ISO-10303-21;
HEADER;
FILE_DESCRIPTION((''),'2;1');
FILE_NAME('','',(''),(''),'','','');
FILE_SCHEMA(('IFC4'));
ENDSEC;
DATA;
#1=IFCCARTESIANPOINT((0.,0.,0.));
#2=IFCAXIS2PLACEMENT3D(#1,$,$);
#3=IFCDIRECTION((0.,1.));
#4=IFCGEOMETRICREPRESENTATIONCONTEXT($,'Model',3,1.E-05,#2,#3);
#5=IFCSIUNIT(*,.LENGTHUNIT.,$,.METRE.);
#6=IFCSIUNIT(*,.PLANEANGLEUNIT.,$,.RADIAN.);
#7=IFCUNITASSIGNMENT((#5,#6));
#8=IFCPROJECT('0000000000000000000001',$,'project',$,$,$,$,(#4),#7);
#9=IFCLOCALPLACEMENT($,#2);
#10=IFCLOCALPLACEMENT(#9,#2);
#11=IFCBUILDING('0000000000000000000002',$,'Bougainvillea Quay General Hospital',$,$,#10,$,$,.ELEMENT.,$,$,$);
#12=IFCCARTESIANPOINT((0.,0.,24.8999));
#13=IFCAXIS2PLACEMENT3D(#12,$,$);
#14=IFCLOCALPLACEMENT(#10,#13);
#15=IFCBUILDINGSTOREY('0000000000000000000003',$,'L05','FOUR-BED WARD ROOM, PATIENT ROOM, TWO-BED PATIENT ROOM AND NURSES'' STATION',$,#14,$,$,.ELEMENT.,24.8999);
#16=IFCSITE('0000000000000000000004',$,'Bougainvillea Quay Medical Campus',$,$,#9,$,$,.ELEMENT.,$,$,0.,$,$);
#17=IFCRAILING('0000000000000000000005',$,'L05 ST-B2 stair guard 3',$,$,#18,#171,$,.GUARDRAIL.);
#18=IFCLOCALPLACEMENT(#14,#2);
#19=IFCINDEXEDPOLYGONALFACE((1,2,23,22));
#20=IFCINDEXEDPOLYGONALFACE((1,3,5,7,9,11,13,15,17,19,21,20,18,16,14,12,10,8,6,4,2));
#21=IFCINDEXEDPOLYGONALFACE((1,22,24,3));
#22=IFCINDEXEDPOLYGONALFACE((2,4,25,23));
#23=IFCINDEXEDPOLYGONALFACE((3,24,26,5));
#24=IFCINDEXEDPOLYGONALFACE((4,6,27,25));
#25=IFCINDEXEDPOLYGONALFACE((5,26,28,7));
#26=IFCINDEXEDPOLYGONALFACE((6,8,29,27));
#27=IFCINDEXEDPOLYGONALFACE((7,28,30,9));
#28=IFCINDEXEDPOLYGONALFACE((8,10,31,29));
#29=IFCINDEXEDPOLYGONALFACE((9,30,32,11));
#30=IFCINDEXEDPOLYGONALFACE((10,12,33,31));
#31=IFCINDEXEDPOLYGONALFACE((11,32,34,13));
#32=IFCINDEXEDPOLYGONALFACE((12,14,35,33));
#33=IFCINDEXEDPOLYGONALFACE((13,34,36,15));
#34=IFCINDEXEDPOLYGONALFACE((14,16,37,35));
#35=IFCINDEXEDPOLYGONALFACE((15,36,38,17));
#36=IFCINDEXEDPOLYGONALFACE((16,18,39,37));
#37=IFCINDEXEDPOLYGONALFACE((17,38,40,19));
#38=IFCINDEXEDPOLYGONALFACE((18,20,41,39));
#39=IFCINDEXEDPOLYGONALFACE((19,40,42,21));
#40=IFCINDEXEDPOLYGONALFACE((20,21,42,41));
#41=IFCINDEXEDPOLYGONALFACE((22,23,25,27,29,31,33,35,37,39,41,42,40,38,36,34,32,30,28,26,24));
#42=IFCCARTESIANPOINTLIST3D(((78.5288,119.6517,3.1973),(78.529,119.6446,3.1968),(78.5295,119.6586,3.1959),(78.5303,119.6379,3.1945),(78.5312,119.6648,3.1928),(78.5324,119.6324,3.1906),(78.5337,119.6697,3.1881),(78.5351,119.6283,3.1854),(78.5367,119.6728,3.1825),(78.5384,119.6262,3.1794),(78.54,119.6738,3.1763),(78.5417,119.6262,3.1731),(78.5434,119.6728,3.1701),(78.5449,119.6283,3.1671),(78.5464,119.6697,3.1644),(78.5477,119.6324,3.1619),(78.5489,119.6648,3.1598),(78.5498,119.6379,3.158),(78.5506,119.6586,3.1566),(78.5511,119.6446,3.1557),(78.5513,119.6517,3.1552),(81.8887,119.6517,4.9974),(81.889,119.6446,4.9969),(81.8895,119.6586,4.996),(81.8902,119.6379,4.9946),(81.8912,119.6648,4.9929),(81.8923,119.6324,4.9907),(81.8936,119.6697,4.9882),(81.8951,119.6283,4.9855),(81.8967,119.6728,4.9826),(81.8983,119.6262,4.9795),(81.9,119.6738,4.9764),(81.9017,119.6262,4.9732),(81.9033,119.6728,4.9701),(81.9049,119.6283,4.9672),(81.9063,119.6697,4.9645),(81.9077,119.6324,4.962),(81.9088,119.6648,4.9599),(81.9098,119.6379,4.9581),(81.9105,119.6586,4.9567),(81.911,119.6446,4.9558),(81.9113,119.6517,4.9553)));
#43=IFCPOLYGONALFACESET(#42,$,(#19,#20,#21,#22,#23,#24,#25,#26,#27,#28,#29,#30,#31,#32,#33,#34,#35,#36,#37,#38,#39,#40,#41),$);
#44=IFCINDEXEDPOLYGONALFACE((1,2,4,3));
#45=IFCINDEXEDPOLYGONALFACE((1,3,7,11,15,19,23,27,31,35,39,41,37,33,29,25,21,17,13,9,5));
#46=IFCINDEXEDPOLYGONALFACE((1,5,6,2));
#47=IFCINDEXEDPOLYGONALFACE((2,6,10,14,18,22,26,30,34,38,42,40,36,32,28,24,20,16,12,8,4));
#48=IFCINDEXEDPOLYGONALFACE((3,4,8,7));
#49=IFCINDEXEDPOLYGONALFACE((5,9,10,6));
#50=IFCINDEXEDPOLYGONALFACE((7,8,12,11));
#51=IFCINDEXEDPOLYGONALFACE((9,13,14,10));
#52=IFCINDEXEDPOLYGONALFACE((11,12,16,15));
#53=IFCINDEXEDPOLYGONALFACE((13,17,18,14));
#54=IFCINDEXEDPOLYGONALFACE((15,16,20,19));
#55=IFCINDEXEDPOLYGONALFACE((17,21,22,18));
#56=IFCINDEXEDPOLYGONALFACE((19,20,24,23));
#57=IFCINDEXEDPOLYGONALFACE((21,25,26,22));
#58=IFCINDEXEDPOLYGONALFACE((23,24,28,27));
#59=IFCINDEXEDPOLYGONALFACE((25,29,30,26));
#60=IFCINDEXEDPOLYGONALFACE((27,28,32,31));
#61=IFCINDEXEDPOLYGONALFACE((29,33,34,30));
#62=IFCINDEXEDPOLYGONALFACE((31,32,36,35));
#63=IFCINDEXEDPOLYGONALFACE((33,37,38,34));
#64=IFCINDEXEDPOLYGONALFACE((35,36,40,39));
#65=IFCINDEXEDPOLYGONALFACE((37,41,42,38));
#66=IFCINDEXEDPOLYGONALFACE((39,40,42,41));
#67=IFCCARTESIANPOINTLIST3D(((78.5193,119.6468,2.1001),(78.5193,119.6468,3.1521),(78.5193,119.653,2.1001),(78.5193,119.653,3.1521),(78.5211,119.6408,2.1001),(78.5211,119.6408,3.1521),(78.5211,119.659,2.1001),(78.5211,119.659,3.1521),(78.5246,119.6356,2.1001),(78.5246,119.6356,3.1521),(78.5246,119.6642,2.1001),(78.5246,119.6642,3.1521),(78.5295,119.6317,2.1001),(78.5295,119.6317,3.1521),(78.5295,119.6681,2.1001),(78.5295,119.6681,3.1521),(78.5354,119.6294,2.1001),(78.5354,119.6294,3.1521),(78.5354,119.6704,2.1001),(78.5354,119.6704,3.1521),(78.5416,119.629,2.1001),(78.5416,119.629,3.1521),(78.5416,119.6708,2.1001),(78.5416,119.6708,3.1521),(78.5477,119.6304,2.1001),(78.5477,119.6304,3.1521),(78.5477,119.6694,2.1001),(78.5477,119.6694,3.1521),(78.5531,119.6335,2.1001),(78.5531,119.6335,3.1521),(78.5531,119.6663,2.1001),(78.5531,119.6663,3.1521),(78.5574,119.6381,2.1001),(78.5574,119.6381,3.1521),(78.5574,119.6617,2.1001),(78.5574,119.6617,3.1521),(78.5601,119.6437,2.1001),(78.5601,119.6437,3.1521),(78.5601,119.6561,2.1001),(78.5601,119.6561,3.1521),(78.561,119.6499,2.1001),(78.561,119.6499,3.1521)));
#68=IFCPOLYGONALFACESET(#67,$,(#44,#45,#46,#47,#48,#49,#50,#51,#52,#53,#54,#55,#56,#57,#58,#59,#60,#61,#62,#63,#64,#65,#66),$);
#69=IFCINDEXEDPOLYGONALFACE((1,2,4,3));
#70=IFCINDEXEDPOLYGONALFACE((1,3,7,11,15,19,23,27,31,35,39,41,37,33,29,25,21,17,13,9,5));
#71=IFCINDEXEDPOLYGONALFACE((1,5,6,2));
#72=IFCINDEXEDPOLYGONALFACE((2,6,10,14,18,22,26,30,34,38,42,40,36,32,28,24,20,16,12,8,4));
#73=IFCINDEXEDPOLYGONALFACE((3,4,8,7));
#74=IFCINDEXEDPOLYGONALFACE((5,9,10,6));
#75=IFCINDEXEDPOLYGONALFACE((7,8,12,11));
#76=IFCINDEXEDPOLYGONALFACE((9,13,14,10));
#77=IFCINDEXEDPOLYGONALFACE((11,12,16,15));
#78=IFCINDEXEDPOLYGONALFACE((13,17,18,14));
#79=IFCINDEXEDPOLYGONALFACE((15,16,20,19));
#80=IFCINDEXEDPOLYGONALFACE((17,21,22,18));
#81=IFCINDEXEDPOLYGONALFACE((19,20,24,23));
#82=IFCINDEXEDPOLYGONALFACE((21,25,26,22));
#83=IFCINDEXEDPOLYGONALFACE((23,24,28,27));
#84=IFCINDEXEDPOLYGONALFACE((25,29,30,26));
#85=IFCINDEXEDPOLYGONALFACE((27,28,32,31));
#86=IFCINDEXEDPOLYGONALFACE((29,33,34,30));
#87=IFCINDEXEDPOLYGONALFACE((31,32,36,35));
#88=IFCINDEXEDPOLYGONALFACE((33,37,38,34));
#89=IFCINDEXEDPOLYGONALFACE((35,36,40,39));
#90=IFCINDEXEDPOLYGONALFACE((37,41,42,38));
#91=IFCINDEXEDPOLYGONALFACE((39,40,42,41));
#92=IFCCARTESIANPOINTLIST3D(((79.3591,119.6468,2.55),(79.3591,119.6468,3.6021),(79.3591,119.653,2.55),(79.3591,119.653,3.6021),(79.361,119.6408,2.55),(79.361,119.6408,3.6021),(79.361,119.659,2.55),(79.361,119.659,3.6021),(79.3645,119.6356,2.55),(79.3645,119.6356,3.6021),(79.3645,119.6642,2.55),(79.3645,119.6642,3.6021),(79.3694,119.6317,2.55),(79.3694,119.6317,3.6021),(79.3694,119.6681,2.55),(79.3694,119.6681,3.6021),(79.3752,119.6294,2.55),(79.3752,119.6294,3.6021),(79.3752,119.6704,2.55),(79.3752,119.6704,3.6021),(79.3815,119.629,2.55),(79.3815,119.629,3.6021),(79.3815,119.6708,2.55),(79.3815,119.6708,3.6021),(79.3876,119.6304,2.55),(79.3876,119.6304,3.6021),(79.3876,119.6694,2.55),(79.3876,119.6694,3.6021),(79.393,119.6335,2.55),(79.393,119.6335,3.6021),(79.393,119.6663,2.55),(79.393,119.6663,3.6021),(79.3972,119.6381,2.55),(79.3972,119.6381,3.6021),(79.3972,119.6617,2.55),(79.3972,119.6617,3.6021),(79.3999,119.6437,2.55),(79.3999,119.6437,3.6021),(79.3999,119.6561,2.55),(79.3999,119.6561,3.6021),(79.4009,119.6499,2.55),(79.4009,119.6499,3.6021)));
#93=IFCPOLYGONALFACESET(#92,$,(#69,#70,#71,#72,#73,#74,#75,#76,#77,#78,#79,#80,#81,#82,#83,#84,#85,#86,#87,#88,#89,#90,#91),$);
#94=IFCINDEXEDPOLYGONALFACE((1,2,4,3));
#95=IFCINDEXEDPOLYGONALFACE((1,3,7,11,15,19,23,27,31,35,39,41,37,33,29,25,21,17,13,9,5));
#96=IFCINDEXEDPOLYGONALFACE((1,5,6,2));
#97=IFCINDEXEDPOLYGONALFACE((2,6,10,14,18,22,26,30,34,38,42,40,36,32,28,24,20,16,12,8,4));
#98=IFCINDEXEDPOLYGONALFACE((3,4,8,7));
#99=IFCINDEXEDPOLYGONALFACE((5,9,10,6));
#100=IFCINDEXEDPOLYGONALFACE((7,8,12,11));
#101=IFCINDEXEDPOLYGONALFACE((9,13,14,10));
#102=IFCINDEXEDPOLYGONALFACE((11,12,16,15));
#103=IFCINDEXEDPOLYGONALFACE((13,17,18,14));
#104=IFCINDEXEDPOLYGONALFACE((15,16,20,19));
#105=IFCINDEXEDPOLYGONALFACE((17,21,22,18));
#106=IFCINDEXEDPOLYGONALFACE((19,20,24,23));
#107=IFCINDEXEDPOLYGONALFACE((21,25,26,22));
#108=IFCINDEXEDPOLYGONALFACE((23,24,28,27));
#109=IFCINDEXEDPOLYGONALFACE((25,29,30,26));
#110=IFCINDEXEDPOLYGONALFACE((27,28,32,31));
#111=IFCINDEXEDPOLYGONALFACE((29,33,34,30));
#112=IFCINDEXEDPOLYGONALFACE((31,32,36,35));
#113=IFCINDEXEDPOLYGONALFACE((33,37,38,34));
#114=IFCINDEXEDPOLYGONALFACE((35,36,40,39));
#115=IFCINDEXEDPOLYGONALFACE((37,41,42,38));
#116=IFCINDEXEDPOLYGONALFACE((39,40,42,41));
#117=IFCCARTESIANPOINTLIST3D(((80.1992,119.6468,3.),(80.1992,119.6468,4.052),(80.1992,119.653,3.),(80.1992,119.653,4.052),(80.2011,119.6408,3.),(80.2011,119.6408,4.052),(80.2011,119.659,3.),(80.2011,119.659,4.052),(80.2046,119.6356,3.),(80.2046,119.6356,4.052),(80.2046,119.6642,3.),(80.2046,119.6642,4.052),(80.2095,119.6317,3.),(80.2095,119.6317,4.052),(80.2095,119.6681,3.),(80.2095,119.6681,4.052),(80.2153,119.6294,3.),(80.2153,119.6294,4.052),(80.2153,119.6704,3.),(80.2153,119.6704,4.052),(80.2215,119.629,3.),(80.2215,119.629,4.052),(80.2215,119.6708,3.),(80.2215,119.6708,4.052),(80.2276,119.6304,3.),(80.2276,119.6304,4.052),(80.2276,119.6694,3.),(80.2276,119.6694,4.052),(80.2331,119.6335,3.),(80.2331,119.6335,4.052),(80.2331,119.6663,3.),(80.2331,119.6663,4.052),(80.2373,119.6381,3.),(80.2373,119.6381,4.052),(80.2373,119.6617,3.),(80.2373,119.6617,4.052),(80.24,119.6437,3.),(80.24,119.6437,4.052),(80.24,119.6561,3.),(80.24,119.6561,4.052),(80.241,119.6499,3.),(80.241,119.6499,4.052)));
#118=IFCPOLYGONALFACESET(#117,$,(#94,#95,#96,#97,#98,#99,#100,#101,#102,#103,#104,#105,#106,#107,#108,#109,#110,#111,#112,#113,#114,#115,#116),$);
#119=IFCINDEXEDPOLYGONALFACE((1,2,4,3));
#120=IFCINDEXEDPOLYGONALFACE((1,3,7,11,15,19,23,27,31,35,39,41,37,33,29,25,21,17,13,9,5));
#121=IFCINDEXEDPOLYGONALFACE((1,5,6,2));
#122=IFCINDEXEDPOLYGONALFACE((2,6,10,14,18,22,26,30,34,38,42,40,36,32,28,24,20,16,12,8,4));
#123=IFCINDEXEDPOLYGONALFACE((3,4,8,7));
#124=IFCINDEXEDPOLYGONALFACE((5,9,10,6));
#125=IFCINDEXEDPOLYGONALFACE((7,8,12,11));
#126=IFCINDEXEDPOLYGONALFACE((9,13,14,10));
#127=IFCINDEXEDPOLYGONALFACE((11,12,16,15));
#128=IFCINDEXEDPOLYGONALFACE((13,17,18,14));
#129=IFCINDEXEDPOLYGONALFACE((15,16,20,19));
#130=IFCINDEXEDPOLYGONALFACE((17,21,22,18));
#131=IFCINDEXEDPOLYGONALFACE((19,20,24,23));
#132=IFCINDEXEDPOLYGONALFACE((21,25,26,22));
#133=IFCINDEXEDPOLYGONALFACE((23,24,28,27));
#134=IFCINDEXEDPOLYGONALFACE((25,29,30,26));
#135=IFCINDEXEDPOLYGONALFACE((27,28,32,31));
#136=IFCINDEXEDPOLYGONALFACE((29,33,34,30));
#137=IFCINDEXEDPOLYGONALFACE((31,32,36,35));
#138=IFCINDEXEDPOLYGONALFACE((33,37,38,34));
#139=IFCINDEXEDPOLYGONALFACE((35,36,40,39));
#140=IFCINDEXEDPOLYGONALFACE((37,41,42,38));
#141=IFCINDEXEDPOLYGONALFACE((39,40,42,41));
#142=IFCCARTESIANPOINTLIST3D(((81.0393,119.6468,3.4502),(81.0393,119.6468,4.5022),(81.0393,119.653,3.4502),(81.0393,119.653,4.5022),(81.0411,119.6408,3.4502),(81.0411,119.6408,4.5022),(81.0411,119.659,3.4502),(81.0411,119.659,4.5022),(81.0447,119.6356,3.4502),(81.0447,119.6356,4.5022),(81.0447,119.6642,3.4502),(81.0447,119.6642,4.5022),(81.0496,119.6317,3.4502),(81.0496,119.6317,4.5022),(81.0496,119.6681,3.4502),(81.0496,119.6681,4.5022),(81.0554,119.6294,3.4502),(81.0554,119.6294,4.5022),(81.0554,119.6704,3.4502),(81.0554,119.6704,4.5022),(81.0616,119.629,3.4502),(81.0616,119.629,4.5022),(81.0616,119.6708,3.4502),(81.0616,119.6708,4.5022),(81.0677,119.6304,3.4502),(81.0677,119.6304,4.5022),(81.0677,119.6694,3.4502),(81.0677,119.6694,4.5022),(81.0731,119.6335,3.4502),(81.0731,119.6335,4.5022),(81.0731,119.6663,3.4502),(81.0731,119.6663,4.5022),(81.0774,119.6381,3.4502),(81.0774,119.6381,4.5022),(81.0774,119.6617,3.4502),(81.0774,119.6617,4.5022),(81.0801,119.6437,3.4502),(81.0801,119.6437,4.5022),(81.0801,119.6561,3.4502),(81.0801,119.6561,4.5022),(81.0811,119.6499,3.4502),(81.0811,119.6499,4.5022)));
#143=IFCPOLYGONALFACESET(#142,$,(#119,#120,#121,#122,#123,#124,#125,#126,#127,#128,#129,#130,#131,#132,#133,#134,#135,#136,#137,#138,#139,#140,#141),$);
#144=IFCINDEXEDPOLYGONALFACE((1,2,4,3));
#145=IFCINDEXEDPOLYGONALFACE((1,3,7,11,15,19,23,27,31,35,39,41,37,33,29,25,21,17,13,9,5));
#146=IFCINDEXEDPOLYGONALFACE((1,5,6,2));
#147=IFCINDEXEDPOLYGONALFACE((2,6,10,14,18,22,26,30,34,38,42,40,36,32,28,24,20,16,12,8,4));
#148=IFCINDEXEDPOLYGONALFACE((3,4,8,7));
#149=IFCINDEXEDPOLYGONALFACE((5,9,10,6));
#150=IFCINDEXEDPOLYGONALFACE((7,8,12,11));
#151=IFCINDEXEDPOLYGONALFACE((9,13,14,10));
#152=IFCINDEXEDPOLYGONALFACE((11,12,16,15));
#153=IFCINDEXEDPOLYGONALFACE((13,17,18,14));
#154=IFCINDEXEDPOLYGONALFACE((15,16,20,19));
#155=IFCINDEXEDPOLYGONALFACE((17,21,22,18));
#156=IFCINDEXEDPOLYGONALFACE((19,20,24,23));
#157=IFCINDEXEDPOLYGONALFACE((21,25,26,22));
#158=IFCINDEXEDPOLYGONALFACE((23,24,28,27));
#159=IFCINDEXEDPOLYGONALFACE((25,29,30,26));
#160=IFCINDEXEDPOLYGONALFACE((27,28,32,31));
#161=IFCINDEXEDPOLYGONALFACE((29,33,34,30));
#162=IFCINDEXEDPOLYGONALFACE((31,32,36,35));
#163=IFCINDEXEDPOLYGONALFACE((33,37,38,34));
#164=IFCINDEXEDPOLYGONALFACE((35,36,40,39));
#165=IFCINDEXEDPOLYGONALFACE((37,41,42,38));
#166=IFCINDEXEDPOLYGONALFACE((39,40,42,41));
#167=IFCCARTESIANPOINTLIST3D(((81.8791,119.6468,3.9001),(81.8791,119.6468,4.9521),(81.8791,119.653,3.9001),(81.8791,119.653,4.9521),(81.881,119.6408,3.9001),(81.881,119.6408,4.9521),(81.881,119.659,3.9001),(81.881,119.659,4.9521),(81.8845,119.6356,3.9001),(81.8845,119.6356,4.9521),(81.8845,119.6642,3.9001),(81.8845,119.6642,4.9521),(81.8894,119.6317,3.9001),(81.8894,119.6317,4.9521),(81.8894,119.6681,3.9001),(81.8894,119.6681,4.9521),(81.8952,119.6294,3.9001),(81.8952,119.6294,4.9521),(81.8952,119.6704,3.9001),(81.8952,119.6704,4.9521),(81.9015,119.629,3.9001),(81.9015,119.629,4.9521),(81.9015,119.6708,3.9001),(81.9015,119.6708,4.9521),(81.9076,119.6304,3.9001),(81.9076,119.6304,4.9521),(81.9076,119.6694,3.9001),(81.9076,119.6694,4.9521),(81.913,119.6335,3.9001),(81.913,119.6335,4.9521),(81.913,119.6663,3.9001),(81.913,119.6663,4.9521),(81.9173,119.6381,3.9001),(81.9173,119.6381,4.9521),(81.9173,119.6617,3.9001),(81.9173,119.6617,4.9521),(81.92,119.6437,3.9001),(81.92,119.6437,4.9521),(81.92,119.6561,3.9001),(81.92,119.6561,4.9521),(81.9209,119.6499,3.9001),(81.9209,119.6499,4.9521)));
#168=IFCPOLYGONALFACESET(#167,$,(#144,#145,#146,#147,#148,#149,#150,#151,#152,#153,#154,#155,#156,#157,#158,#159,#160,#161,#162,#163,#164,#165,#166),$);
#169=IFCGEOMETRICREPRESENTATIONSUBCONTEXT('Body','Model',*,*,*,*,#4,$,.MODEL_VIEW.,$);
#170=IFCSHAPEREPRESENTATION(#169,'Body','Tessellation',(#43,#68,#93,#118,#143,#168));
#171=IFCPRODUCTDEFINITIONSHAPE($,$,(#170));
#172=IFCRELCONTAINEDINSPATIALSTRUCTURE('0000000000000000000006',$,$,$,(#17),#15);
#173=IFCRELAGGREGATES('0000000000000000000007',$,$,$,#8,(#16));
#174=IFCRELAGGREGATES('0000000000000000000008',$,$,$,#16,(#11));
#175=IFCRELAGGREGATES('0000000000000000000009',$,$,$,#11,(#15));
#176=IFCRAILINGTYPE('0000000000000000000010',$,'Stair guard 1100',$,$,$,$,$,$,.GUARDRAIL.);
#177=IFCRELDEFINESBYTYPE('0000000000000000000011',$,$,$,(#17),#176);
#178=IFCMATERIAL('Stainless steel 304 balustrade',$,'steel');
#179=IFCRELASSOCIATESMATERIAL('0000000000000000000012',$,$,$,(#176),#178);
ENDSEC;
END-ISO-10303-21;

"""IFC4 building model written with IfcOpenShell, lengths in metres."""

from ifc_helpers import new_model, si_unit, direction, frame, origin, origin_2d, place, context, subcontext, project, spatial, circle, extrude, material, type_object, element, save


model = new_model("IFC4")

# Units and contexts
model_context = context("Model", 3, precision=1e-05, world=origin(), true_north=direction((0.0, 1.0)))
body_context = subcontext(model_context, "Body", "Model", "MODEL_VIEW")
ifc_project = project(units=[si_unit("LENGTHUNIT", "METRE"), si_unit("PLANEANGLEUNIT", "RADIAN")], contexts=[model_context])

# Site, building, storey
site_placement = place(None, origin())
site = spatial("IfcSite", under=ifc_project, at=site_placement, Name="Bougainvillea Quay Medical Campus", CompositionType="ELEMENT", RefElevation=0.0)
building_placement = place(site_placement, origin())
building = spatial("IfcBuilding", under=site, at=building_placement, Name="Bougainvillea Quay General Hospital", CompositionType="ELEMENT")
storey_placement = place(building_placement, frame((0.0, 0.0, 24.8999)))
storey = spatial("IfcBuildingStorey", under=building, at=storey_placement, Name="L05", Description="FOUR-BED WARD ROOM, PATIENT ROOM, TWO-BED PATIENT ROOM AND NURSES' STATION", CompositionType="ELEMENT", Elevation=24.8999)

# Railing
ifc_material_1 = material(Name="Stainless steel 304 balustrade", Category="steel")
railing_type_1 = type_object("IfcRailingType", Name="Stair guard 1100", PredefinedType="GUARDRAIL", material=ifc_material_1)
railing_1_placement = place(storey_placement, frame((78.54, 119.6499, 2.1001)))
element("IfcRailing", 1, at=railing_1_placement, inside=storey, type_object=railing_type_1, Name="L05 ST-B2 stair guard 3", PredefinedType="GUARDRAIL", context=body_context, shape_type="SweptSolid", body=[
    extrude(circle(Radius=0.0239, at=origin_2d()), frame((0.0, 0.0, 1.0762), z_axis=(0.881467, 0.0, 0.472246), x_axis=(0.0, 1.0, 0.0)), (0.0, 0.0, 1.0), 3.8118),
    extrude(circle(Radius=0.021, at=origin_2d()), origin(), (0.0, 0.0, 1.0), 1.052),
    extrude(circle(Radius=0.021, at=origin_2d()), frame((0.8398, 0.0, 0.45)), (0.0, 0.0, 1.0), 1.052),
    extrude(circle(Radius=0.021, at=origin_2d()), frame((1.6799, 0.0, 0.8999)), (0.0, 0.0, 1.0), 1.052),
    extrude(circle(Radius=0.021, at=origin_2d()), frame((2.52, 0.0, 1.3501)), (0.0, 0.0, 1.0), 1.052),
    extrude(circle(Radius=0.021, at=origin_2d()), frame((3.3599, 0.0, 1.8)), (0.0, 0.0, 1.0), 1.052),
])

save(model, "model.ifc")
